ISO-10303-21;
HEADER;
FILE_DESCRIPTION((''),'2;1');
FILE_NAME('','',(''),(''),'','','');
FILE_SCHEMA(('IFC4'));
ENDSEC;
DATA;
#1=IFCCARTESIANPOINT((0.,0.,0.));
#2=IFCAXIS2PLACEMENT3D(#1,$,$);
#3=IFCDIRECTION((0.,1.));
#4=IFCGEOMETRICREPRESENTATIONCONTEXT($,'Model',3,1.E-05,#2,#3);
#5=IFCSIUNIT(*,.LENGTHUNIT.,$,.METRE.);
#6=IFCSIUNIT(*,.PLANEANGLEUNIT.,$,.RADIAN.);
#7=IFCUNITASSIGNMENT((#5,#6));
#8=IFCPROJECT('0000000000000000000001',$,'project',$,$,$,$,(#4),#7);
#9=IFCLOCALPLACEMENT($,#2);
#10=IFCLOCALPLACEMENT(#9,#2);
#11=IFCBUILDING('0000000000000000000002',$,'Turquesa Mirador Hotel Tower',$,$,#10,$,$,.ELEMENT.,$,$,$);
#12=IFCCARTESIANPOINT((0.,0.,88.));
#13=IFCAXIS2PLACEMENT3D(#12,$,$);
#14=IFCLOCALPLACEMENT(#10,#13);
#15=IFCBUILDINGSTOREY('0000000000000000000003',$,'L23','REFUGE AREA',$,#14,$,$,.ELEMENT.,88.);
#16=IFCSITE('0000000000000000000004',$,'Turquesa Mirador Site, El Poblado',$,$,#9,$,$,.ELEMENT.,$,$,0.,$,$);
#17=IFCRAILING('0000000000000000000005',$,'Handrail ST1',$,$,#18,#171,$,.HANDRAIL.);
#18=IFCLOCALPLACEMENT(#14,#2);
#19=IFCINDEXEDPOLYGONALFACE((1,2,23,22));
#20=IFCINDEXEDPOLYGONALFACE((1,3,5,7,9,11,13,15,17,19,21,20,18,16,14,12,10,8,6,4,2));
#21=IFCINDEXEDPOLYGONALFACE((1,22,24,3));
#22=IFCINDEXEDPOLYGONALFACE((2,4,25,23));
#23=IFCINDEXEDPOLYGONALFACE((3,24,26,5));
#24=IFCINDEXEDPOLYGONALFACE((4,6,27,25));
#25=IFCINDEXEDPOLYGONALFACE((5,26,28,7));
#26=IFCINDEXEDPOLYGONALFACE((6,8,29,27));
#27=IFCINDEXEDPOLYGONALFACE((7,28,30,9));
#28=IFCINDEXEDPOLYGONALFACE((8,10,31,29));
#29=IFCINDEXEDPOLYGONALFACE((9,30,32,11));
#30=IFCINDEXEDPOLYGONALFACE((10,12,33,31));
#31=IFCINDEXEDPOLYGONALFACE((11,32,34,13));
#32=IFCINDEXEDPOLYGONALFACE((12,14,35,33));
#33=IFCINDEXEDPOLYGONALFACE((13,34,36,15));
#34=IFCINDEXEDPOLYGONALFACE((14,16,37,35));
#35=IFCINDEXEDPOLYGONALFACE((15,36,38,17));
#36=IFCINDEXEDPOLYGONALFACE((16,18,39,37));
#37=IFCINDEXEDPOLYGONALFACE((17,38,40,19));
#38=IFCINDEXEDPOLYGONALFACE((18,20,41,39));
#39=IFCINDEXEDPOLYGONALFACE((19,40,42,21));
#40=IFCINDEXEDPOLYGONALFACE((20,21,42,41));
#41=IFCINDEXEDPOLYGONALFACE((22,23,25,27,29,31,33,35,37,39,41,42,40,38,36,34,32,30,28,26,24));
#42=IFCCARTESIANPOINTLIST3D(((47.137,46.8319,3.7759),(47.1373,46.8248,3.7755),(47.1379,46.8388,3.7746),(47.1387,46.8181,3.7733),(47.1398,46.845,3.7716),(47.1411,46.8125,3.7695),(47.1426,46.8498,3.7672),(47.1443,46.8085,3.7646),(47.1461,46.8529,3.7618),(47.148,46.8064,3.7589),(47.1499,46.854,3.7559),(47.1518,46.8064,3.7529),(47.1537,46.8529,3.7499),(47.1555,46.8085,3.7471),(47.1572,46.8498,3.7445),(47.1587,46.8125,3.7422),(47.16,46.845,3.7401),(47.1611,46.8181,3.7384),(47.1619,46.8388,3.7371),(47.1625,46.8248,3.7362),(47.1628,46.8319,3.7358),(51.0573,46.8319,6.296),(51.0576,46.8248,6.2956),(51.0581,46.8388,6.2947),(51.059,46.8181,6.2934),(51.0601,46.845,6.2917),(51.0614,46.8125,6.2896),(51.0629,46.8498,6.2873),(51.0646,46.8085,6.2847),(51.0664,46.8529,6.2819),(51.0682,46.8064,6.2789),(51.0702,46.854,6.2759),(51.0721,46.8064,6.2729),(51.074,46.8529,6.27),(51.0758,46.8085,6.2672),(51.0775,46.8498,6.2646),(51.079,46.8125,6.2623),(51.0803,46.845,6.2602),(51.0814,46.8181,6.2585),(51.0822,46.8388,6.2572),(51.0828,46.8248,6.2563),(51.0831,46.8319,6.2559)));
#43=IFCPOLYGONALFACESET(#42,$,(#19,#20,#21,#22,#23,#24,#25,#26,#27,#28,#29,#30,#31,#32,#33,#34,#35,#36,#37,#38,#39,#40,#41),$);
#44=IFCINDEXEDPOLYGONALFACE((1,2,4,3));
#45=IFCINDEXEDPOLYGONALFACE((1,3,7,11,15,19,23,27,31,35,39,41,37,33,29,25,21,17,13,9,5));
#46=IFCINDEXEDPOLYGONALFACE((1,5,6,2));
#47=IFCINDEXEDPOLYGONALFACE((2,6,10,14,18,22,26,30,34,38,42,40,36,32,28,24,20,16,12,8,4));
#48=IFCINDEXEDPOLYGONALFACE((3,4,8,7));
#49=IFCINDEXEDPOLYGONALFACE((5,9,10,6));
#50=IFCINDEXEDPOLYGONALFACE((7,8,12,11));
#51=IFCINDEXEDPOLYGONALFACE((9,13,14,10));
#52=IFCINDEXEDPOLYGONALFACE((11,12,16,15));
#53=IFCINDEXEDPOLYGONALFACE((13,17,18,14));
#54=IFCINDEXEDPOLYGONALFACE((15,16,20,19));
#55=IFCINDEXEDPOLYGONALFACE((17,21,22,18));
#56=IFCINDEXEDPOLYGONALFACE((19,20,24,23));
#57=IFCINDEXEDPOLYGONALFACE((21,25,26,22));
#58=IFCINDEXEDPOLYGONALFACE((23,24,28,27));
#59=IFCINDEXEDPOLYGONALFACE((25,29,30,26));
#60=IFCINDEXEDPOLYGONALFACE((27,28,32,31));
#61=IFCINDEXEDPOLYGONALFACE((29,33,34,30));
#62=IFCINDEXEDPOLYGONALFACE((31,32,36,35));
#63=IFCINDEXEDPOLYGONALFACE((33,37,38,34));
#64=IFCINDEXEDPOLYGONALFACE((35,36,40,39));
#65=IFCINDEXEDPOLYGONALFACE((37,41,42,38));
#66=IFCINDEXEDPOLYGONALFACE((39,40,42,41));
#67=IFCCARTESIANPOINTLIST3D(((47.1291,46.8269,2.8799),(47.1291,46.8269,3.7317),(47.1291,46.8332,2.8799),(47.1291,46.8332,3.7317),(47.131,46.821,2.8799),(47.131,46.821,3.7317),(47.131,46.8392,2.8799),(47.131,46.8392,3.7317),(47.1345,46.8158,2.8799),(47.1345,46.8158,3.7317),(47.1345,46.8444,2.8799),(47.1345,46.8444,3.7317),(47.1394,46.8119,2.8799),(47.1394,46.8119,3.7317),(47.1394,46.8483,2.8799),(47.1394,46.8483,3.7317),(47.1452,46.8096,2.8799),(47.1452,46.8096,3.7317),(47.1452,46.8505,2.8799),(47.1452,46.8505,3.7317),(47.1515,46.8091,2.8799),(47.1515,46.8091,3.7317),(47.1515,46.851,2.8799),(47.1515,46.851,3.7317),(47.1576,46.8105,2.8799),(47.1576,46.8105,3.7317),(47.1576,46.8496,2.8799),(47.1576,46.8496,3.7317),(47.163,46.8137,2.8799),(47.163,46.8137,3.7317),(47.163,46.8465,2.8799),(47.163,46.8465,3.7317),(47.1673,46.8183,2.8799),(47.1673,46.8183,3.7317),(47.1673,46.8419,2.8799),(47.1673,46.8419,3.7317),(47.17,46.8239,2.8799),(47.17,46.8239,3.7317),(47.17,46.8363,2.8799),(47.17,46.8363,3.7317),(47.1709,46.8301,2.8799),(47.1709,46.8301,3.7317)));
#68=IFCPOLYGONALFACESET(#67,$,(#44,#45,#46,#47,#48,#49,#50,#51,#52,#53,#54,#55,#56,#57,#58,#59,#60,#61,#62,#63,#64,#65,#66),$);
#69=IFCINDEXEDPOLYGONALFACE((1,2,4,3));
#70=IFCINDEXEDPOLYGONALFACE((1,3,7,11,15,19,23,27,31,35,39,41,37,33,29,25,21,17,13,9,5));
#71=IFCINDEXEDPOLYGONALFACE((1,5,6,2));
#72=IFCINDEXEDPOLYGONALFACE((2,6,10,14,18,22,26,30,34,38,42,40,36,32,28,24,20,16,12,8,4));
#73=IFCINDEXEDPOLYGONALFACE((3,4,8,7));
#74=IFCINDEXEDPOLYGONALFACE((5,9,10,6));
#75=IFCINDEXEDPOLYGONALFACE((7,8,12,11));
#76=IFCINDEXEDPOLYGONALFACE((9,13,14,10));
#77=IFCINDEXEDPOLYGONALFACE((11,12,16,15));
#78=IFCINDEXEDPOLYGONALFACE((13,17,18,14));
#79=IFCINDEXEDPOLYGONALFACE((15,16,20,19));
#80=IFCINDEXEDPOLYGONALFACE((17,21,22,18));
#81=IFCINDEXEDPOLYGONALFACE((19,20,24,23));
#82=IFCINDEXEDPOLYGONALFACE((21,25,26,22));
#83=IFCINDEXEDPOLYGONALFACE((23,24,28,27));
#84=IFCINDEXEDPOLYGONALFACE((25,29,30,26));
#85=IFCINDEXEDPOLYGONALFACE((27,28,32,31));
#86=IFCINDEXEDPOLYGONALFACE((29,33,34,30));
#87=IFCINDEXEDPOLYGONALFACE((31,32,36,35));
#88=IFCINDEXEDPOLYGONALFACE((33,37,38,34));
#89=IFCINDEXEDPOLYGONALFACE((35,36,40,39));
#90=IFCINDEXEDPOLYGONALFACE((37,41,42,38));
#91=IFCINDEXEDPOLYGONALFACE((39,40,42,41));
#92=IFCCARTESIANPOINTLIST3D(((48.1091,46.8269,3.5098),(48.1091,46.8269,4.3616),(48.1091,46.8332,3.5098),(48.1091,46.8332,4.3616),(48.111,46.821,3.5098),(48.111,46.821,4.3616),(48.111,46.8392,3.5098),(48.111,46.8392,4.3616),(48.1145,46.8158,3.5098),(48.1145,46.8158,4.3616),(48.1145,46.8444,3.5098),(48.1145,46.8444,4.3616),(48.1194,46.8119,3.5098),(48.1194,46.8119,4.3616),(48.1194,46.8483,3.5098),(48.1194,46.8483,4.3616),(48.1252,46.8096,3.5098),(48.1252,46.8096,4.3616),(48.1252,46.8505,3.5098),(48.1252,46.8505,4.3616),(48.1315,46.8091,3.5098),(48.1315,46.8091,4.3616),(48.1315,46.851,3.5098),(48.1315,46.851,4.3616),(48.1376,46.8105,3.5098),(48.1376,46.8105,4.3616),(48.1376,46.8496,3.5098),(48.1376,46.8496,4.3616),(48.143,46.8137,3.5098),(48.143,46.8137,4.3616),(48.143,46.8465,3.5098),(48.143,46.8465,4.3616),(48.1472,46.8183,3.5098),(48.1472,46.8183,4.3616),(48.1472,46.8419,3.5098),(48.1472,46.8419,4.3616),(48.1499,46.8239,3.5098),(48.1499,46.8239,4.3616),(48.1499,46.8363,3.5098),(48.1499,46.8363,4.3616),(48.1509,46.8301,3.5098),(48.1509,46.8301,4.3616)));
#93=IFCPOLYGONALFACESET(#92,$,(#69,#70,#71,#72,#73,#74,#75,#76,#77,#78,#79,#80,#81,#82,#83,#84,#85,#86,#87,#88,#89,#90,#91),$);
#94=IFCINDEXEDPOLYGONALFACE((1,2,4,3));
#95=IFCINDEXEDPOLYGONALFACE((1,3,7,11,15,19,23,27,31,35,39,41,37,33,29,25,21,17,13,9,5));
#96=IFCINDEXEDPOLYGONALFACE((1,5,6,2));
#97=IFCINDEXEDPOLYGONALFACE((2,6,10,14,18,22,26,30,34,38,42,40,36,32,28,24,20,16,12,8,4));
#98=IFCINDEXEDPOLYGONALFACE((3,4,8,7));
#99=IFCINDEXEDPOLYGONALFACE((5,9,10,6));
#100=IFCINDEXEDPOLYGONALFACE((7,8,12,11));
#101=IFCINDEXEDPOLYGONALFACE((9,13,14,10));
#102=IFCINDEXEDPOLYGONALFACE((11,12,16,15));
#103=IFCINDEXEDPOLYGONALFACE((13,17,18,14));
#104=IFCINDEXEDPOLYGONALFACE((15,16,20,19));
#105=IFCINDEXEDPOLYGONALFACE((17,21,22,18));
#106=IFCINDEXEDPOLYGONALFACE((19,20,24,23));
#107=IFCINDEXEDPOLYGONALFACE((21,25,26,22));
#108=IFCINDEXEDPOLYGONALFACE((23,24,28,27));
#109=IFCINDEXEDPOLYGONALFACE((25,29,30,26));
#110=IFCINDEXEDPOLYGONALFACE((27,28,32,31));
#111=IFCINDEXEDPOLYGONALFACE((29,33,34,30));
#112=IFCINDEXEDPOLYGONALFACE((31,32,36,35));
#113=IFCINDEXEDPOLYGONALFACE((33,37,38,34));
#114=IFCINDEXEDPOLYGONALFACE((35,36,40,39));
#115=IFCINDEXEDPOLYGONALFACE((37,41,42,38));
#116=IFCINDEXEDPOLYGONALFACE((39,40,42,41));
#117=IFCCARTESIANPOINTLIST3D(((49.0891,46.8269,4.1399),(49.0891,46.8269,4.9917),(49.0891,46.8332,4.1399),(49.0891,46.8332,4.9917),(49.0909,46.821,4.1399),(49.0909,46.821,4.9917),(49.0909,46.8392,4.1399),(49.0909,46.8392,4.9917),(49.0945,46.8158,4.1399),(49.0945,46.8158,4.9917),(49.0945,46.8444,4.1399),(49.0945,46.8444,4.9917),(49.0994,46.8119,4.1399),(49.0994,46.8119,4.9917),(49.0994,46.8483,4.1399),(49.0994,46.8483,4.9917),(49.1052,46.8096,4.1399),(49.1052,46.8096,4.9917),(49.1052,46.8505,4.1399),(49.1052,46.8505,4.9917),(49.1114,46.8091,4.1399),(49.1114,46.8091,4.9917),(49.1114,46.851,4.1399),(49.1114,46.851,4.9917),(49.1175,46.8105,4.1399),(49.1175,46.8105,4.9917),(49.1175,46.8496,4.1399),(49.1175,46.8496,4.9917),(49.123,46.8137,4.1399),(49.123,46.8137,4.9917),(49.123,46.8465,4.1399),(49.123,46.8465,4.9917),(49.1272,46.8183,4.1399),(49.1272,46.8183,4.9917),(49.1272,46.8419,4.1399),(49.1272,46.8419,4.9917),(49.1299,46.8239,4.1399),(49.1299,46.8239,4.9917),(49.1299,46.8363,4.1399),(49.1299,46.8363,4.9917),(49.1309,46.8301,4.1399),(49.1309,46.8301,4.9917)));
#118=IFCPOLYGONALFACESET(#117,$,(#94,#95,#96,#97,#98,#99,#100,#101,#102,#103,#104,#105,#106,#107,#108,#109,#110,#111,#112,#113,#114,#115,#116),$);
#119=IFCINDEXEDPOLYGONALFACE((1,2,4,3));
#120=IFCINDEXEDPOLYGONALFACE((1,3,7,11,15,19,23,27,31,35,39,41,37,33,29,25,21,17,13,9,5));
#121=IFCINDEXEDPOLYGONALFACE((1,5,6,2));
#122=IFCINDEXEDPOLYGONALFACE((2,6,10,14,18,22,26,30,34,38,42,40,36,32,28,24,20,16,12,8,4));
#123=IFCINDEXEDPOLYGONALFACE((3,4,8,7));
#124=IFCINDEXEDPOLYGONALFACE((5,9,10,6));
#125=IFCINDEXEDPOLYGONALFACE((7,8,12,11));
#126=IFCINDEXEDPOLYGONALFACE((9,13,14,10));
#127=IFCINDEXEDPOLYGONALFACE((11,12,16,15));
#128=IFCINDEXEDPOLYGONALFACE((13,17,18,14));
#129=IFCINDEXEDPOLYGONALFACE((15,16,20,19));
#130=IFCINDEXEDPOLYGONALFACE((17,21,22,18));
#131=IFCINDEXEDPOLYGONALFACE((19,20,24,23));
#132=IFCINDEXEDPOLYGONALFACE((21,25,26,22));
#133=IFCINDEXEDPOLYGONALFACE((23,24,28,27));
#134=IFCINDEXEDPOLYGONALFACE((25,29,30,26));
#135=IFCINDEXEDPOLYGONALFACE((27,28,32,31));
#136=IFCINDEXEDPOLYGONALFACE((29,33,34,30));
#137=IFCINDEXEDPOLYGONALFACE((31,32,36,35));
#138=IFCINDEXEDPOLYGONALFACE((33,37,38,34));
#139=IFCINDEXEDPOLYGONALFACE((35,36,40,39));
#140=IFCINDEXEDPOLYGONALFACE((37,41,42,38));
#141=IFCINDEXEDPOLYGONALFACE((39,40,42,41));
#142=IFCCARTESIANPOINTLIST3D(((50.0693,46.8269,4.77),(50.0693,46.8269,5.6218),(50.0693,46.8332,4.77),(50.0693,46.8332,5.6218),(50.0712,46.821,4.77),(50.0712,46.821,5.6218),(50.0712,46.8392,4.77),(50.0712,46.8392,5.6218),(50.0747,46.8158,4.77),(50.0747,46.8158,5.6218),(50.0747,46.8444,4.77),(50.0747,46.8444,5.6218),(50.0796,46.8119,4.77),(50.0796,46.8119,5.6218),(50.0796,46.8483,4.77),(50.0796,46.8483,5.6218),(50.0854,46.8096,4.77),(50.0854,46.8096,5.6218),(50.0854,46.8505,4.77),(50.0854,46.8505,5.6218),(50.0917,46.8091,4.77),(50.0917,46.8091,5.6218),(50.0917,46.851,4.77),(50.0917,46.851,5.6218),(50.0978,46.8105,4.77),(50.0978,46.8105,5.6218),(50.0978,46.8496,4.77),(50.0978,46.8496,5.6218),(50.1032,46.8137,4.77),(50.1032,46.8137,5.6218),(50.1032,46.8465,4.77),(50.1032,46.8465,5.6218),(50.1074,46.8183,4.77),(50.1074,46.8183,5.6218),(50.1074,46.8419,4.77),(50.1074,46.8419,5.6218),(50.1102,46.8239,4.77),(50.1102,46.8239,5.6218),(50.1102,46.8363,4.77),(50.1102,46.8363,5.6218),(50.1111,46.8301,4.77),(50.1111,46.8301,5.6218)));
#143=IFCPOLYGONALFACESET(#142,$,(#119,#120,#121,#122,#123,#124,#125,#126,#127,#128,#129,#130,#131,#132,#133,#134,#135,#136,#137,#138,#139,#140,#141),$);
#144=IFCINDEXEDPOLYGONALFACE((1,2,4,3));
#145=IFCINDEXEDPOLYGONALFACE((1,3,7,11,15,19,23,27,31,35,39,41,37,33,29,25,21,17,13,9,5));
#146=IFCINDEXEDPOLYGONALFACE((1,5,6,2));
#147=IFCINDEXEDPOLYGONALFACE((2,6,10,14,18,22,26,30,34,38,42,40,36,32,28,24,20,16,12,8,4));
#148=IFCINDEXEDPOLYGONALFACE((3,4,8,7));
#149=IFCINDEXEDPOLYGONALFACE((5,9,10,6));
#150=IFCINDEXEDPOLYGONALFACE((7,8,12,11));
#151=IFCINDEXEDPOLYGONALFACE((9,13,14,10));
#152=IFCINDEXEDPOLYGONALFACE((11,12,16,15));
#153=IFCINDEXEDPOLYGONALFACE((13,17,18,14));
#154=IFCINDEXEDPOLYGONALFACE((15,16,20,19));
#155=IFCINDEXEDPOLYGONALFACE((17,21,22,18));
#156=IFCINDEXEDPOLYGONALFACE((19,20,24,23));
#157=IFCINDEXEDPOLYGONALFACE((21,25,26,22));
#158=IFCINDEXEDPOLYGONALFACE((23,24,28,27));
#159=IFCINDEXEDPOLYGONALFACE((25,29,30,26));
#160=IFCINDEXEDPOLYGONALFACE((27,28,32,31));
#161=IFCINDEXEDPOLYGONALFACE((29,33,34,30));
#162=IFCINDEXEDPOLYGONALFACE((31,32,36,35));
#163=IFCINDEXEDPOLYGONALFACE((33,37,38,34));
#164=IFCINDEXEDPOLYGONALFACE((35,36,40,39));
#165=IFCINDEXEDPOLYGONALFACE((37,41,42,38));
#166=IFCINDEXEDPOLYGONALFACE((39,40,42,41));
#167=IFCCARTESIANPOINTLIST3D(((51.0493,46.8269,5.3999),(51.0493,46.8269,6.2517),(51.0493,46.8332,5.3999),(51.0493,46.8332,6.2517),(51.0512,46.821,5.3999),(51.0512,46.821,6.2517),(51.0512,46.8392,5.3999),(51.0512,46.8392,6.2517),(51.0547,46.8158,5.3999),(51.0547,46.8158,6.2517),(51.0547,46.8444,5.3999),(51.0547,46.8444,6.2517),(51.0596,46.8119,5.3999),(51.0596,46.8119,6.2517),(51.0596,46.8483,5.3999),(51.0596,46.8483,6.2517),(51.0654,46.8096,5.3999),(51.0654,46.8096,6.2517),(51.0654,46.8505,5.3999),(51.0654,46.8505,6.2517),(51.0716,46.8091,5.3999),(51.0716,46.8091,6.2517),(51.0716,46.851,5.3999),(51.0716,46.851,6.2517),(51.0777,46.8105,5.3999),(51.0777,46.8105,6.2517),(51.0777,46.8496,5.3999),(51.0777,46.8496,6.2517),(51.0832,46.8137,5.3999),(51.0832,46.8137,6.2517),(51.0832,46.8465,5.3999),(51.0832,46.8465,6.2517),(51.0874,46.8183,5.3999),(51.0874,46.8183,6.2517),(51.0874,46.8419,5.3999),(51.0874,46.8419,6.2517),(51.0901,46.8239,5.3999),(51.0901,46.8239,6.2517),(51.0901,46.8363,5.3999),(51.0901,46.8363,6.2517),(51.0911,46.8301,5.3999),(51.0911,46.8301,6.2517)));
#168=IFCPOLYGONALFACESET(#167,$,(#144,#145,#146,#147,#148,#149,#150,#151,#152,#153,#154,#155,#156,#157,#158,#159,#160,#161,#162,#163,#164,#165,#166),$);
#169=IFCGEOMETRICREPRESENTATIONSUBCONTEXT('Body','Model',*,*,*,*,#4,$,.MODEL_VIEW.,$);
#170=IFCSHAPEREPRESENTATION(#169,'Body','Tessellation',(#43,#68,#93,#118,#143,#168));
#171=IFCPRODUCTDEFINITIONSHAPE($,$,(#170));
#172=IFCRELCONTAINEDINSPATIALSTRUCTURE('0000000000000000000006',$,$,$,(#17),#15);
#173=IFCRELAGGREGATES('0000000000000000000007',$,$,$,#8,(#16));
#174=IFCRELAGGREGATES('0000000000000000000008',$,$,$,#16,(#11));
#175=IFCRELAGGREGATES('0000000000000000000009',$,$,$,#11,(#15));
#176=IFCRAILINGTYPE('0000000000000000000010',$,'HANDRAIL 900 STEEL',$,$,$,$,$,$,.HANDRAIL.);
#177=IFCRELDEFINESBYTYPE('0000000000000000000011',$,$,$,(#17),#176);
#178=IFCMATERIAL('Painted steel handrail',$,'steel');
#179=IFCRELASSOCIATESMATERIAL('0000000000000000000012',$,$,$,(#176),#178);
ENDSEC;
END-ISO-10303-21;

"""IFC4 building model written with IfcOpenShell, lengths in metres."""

from ifc_helpers import new_model, si_unit, direction, frame, origin, origin_2d, place, context, subcontext, project, spatial, circle, extrude, material, type_object, element, save


model = new_model("IFC4")

# Units and contexts
model_context = context("Model", 3, precision=1e-05, world=origin(), true_north=direction((0.0, 1.0)))
body_context = subcontext(model_context, "Body", "Model", "MODEL_VIEW")
ifc_project = project(units=[si_unit("LENGTHUNIT", "METRE"), si_unit("PLANEANGLEUNIT", "RADIAN")], contexts=[model_context])

# Site, building, storey
site_placement = place(None, origin())
site = spatial("IfcSite", under=ifc_project, at=site_placement, Name="Turquesa Mirador Site, El Poblado", CompositionType="ELEMENT", RefElevation=0.0)
building_placement = place(site_placement, origin())
building = spatial("IfcBuilding", under=site, at=building_placement, Name="Turquesa Mirador Hotel Tower", CompositionType="ELEMENT")
storey_placement = place(building_placement, frame((0.0, 0.0, 88.0)))
storey = spatial("IfcBuildingStorey", under=building, at=storey_placement, Name="L23", Description="REFUGE AREA", CompositionType="ELEMENT", Elevation=88.0)

# Railing
ifc_material_1 = material(Name="Painted steel handrail", Category="steel")
railing_type = type_object("IfcRailingType", Name="HANDRAIL 900 STEEL", PredefinedType="HANDRAIL", material=ifc_material_1)
for number, where, name in (
    (1, (47.1499, 46.8301, 2.8799), "Handrail ST1"),
):
    element("IfcRailing", number, at=place(storey_placement, frame(where)), inside=storey, type_object=railing_type, Name=name, PredefinedType="HANDRAIL", context=body_context, shape_type="SweptSolid", body=[
        extrude(circle(Radius=0.0239, at=origin_2d()), frame((0.0, 0.0, 0.876), z_axis=(0.841187, 0.0, 0.540744), x_axis=(0.0, 1.0, 0.0)), (0.0, 0.0, 1.0), 4.6604),
        extrude(circle(Radius=0.021, at=origin_2d()), origin(), (0.0, 0.0, 1.0), 0.8518),
        extrude(circle(Radius=0.021, at=origin_2d()), frame((0.98, 0.0, 0.6299)), (0.0, 0.0, 1.0), 0.8518),
        extrude(circle(Radius=0.021, at=origin_2d()), frame((1.96, 0.0, 1.26)), (0.0, 0.0, 1.0), 0.8518),
        extrude(circle(Radius=0.021, at=origin_2d()), frame((2.9402, 0.0, 1.8901)), (0.0, 0.0, 1.0), 0.8518),
        extrude(circle(Radius=0.021, at=origin_2d()), frame((3.9202, 0.0, 2.52)), (0.0, 0.0, 1.0), 0.8518),
    ])

save(model, "model.ifc")
